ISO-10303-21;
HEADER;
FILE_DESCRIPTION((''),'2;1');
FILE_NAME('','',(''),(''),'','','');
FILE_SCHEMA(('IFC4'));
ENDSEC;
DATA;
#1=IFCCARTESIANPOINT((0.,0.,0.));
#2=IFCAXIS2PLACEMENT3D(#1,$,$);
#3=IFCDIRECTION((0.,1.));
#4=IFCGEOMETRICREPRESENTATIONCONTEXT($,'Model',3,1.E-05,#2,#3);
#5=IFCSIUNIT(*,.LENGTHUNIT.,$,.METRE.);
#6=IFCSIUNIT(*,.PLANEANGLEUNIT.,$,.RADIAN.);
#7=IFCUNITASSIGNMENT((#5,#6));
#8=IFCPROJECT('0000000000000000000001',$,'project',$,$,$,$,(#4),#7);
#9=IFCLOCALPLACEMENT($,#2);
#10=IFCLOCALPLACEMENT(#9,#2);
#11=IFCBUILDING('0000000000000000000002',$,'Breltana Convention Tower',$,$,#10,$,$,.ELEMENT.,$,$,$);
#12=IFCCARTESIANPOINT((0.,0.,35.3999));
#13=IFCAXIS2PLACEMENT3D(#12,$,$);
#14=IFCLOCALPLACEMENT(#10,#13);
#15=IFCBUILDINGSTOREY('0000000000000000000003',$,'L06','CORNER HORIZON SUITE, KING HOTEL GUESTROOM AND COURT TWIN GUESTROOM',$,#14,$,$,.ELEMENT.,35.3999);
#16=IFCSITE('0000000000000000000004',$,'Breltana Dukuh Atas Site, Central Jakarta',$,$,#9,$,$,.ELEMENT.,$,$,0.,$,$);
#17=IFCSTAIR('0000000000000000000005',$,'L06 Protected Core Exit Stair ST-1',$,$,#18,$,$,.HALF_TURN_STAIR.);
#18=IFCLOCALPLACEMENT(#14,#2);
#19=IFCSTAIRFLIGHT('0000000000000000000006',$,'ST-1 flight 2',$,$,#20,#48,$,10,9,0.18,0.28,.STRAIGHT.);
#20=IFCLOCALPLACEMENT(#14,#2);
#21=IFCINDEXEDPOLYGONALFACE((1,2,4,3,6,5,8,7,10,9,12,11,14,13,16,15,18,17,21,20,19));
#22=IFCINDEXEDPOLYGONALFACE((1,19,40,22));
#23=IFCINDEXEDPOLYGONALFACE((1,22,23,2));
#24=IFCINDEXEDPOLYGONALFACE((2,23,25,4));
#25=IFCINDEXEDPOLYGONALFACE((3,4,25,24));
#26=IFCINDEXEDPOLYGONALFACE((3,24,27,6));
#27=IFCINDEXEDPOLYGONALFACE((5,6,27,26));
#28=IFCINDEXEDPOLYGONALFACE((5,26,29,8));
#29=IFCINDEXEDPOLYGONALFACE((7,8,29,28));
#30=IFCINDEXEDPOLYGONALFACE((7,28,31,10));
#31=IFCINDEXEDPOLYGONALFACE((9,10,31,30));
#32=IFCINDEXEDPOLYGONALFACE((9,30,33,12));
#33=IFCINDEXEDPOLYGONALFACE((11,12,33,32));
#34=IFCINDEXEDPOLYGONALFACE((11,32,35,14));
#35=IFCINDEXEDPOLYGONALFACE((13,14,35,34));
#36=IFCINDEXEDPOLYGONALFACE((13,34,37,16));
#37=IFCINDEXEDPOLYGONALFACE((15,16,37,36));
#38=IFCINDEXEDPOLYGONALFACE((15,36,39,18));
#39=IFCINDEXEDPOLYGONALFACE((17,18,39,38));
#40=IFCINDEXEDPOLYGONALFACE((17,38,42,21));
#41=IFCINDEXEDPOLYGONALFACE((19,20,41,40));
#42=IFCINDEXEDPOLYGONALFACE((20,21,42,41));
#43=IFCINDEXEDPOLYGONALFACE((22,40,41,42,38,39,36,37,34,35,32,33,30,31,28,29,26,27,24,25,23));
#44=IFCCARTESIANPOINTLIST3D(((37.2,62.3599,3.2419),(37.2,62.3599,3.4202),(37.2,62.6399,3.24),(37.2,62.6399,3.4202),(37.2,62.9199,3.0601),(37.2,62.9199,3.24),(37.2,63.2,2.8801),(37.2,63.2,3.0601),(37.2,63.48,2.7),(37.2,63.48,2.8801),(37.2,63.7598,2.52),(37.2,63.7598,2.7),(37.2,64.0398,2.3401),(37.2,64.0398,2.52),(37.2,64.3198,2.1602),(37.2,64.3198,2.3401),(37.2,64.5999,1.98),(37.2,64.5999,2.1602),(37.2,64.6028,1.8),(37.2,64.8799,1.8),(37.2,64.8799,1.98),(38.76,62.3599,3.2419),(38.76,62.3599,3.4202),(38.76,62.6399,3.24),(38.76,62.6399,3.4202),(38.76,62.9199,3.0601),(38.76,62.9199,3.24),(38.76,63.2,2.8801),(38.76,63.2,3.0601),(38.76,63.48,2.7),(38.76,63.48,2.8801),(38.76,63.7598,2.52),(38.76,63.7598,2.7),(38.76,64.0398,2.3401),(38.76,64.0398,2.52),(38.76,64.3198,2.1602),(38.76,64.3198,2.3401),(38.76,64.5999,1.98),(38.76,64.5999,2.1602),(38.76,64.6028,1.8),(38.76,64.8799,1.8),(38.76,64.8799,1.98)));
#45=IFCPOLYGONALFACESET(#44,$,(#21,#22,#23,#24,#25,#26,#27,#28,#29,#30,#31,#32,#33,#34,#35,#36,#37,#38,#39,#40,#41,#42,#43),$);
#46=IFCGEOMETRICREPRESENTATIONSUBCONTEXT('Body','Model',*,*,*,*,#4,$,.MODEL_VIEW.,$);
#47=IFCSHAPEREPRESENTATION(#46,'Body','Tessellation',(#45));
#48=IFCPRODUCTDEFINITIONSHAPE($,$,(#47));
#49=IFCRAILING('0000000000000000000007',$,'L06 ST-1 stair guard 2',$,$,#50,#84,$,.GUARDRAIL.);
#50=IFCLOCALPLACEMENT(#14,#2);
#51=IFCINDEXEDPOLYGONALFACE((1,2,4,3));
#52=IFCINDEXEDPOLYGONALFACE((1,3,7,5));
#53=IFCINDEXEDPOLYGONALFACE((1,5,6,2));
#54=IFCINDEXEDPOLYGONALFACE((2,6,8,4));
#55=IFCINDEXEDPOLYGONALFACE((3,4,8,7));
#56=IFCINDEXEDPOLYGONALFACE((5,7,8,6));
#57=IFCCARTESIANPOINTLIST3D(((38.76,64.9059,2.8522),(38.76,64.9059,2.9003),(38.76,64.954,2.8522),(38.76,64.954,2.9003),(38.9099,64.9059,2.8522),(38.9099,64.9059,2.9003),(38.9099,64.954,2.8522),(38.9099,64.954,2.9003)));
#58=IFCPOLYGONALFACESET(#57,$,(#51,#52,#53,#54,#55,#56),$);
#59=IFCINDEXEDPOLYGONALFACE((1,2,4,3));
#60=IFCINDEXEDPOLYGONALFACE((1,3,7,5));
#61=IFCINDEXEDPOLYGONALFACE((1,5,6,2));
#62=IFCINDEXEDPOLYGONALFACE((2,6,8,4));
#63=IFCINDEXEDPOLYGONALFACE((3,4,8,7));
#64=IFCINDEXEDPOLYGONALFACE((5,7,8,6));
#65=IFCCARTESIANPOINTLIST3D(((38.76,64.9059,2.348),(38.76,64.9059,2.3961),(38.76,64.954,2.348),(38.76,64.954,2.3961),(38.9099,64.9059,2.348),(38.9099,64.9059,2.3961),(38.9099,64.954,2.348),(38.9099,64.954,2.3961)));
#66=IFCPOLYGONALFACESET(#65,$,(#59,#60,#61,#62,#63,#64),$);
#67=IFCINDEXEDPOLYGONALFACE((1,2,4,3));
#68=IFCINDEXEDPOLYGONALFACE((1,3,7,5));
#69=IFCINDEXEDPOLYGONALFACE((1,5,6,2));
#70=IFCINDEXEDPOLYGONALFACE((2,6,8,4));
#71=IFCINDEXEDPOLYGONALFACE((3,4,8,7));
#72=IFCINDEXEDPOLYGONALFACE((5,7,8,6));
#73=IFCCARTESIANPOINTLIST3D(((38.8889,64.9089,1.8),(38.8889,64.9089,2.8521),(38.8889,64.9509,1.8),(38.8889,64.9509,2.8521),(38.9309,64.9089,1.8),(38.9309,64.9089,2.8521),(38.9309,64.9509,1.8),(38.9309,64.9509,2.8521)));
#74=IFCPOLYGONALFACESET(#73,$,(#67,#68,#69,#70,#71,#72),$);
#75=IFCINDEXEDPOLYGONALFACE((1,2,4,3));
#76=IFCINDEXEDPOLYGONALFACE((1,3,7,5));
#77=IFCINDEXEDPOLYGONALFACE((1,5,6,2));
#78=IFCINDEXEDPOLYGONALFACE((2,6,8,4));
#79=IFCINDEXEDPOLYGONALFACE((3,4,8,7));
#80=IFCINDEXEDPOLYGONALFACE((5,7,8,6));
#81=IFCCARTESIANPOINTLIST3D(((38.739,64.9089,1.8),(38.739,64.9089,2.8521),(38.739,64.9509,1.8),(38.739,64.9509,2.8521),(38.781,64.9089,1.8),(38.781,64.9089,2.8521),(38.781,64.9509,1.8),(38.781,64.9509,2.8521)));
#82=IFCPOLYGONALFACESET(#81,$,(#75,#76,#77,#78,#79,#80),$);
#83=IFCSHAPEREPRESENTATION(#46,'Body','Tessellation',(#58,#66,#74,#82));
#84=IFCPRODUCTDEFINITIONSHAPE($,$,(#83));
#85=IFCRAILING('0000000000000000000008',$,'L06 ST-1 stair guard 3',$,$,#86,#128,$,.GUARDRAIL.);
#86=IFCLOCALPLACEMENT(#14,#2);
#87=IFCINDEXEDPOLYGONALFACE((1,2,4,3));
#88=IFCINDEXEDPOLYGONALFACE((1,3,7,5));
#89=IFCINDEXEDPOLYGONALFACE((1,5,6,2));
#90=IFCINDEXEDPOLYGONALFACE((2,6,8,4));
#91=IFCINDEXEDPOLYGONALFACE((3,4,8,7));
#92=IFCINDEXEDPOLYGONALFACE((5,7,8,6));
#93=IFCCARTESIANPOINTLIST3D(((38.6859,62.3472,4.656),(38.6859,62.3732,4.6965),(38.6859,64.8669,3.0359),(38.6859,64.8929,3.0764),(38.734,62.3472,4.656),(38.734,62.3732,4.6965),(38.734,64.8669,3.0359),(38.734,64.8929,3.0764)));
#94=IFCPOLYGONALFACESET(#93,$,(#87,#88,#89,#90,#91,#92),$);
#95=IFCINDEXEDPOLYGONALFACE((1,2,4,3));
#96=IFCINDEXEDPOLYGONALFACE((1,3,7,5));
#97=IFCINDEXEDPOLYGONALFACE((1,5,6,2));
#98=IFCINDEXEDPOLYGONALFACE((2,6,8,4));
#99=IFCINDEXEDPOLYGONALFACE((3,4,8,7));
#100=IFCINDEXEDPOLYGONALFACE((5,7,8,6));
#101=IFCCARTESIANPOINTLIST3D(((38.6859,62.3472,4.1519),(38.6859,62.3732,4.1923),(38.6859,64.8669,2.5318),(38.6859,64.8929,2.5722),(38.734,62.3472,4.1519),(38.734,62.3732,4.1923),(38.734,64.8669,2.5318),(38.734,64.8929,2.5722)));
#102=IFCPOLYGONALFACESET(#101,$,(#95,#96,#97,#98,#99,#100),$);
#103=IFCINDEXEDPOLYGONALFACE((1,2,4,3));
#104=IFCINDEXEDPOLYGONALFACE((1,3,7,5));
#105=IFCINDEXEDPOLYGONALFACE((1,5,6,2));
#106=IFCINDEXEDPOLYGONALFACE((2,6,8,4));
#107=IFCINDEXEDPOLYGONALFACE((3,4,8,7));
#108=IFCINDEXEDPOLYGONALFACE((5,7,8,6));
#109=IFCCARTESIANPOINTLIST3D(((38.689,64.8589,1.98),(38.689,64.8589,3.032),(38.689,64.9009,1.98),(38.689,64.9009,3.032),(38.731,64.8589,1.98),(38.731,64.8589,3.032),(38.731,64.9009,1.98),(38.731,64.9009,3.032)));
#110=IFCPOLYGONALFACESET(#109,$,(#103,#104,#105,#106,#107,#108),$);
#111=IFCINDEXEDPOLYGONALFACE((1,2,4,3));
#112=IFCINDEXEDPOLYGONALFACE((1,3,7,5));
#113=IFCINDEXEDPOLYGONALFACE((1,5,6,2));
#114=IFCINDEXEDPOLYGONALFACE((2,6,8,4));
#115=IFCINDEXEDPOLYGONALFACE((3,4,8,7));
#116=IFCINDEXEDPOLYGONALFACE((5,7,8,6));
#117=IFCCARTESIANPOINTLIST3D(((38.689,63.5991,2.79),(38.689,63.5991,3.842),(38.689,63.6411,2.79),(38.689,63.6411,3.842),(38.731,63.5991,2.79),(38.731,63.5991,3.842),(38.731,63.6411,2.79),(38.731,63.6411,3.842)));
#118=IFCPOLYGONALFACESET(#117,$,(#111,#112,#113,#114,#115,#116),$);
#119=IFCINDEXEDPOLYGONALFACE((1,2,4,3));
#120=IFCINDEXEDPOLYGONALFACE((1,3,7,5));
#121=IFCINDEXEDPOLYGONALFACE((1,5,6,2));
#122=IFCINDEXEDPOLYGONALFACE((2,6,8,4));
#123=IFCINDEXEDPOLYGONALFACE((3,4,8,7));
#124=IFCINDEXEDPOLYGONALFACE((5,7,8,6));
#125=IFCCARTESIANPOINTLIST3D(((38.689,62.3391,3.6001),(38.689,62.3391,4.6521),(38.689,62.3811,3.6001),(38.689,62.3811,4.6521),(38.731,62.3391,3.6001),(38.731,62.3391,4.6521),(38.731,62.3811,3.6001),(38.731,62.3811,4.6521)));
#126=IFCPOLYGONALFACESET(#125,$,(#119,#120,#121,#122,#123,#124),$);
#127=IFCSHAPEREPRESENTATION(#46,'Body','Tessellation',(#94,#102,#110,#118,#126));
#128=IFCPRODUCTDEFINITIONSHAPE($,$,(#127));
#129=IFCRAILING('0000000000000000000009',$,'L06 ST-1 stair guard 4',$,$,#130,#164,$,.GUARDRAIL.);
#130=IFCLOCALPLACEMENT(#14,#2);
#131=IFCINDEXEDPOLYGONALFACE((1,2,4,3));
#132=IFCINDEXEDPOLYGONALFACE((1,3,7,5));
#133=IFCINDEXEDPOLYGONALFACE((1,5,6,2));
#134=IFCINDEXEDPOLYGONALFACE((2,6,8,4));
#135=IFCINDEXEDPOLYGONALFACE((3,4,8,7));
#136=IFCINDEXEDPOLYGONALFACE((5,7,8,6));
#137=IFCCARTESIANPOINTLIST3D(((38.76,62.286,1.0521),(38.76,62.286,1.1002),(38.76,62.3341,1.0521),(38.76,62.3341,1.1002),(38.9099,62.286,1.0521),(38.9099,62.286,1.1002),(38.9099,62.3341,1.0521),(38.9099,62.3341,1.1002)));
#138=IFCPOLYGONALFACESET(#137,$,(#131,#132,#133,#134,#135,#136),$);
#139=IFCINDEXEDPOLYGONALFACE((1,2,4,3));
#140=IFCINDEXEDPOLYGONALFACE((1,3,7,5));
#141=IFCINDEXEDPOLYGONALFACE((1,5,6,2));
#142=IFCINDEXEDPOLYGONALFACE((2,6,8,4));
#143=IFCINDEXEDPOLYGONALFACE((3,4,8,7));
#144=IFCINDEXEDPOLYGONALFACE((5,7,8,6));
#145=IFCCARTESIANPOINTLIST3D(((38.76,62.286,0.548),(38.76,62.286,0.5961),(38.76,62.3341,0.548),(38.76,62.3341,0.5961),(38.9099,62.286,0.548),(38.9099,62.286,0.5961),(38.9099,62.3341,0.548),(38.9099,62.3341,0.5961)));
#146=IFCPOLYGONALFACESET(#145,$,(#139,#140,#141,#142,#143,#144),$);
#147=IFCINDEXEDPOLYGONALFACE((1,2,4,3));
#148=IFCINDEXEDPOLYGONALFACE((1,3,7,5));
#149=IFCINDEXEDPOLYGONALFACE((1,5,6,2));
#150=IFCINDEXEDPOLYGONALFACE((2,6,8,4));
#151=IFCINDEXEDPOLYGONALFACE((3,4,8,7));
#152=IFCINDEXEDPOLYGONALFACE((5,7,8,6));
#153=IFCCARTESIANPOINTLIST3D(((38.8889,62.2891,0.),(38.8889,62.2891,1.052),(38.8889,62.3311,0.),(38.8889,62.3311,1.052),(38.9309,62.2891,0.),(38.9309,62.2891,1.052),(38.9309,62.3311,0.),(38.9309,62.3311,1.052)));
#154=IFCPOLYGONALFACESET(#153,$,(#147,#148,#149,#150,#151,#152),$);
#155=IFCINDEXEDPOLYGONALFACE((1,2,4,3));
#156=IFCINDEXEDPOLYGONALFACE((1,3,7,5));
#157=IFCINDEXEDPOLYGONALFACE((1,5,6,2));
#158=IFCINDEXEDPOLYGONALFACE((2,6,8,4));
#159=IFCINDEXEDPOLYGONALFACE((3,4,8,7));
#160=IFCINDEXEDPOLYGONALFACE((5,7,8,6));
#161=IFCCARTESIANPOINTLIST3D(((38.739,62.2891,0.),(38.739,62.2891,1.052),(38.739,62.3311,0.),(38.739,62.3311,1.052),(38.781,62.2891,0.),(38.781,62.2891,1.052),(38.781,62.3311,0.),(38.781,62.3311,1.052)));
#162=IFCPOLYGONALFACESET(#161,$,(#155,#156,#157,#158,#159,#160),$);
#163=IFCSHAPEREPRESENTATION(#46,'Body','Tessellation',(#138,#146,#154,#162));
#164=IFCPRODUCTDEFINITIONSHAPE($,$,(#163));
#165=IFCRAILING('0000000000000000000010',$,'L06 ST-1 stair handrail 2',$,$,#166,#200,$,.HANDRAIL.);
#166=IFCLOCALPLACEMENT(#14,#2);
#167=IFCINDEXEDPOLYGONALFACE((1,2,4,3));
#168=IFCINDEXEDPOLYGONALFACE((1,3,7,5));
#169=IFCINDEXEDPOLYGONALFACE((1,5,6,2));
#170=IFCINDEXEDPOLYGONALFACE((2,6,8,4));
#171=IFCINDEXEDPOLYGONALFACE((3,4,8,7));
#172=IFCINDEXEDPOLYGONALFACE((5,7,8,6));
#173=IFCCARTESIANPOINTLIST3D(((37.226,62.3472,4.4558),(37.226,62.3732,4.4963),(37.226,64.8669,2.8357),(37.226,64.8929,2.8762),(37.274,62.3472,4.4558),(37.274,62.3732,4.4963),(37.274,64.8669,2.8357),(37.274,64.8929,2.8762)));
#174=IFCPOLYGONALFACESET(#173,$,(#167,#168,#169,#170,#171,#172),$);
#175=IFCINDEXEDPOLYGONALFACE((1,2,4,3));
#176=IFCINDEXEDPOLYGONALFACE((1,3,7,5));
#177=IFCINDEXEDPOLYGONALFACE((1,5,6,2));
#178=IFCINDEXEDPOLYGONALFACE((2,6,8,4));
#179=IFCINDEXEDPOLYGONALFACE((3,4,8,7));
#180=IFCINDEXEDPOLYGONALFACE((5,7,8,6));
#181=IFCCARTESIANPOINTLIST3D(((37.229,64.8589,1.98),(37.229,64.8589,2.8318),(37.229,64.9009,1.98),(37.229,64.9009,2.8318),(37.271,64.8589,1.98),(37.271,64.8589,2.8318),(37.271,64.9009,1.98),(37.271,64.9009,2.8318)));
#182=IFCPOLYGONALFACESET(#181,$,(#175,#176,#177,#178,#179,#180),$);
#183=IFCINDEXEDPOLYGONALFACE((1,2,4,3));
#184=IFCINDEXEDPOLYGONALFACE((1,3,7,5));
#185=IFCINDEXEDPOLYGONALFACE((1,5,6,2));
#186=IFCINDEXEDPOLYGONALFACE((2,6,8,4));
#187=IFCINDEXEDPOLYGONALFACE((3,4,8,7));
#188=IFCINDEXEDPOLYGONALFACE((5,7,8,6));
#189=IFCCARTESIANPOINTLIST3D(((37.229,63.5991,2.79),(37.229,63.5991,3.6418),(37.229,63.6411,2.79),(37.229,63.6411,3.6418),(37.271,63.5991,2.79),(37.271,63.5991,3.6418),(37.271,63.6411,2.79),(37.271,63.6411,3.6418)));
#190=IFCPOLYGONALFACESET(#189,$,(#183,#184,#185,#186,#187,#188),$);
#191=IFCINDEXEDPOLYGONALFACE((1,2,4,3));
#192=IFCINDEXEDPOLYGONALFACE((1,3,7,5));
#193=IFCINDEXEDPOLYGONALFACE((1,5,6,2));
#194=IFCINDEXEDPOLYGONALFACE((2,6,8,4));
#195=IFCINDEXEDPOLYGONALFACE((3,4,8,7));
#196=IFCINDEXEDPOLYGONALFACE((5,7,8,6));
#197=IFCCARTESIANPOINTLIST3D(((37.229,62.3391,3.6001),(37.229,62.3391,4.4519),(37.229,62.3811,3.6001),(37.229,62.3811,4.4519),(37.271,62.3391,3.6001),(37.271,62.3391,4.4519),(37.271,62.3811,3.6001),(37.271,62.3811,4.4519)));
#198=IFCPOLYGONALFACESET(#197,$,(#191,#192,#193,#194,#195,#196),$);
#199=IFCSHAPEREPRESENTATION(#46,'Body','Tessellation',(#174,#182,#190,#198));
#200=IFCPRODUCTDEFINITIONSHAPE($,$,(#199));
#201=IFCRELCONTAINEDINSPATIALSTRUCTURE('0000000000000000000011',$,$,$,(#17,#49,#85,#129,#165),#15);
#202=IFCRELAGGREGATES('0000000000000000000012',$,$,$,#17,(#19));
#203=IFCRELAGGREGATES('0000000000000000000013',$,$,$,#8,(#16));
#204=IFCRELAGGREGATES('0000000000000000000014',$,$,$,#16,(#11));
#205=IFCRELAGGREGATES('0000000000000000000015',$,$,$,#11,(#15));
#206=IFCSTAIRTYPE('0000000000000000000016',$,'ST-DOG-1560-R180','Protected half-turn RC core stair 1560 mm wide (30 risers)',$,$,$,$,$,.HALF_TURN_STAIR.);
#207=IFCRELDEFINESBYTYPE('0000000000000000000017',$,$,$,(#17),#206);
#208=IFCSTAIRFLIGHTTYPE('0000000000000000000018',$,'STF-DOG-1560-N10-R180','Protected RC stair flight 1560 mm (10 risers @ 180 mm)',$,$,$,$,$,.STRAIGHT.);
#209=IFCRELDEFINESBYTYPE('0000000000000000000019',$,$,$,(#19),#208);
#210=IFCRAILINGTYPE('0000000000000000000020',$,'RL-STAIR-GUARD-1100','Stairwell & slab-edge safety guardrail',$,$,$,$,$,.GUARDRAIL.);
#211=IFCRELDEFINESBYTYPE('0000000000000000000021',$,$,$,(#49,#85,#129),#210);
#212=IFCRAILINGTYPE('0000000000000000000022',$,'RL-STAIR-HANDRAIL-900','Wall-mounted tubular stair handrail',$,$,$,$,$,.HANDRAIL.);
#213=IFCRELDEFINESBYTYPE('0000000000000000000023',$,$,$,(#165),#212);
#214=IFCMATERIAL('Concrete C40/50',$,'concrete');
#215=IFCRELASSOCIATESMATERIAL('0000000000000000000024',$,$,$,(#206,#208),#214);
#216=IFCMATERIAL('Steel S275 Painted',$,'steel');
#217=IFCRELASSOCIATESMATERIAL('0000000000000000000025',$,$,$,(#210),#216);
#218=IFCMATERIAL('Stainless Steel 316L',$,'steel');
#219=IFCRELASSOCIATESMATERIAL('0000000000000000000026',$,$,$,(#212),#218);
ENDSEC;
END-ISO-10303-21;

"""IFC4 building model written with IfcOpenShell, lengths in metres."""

from ifc_helpers import new_model, si_unit, direction, frame, origin, origin_2d, place, context, subcontext, project, spatial, polyline, rectangle, outline, extrude, material, type_object, element, aggregate, save


model = new_model("IFC4")

# Units and contexts
model_context = context("Model", 3, precision=1e-05, world=origin(), true_north=direction((0.0, 1.0)))
body_context = subcontext(model_context, "Body", "Model", "MODEL_VIEW")
ifc_project = project(units=[si_unit("LENGTHUNIT", "METRE"), si_unit("PLANEANGLEUNIT", "RADIAN")], contexts=[model_context])

# Site, building, storey
site_placement = place(None, origin())
site = spatial("IfcSite", under=ifc_project, at=site_placement, Name="Breltana Dukuh Atas Site, Central Jakarta", CompositionType="ELEMENT", RefElevation=0.0)
building_placement = place(site_placement, origin())
building = spatial("IfcBuilding", under=site, at=building_placement, Name="Breltana Convention Tower", CompositionType="ELEMENT")
storey_placement = place(building_placement, frame((0.0, 0.0, 35.3999)))
storey = spatial("IfcBuildingStorey", under=building, at=storey_placement, Name="L06", Description="CORNER HORIZON SUITE, KING HOTEL GUESTROOM AND COURT TWIN GUESTROOM", CompositionType="ELEMENT", Elevation=35.3999)

# Stair, stair flight
ifc_material_1 = material(Name="Concrete C40/50", Category="concrete")
stair_type = type_object("IfcStairType", Name="ST-DOG-1560-R180", Description="Protected half-turn RC core stair 1560 mm wide (30 risers)", PredefinedType="HALF_TURN_STAIR", material=ifc_material_1)
stair_placement = place(storey_placement, origin())
stair = element("IfcStair", 1, at=stair_placement, inside=storey, type_object=stair_type, Name="L06 Protected Core Exit Stair ST-1", PredefinedType="HALF_TURN_STAIR")
stair_flight_type = type_object("IfcStairFlightType", Name="STF-DOG-1560-N10-R180", Description="Protected RC stair flight 1560 mm (10 risers @ 180 mm)", PredefinedType="STRAIGHT", material=ifc_material_1)
stair_flight_placement = place(storey_placement, frame((37.98, 64.8799, 1.8), z_axis=(0.0, 0.0, 1.0), x_axis=(0.0, -1.0, 0.0)))
stair_flight = element("IfcStairFlight", 2, at=stair_flight_placement, type_object=stair_flight_type, Name="ST-1 flight 2", NumberOfRisers=10, NumberOfTreads=9, PredefinedType="STRAIGHT", RiserHeight=0.18, TreadLength=0.28, context=body_context, shape_type="SweptSolid", body=[
    extrude(outline(polyline([(0.0, 0.0), (0.0, 0.1799), (0.28, 0.1799), (0.28, 0.3601), (0.5601, 0.3601), (0.5601, 0.54), (0.8401, 0.54), (0.8401, 0.72), (1.1201, 0.72), (1.1201, 0.8999), (1.3999, 0.8999), (1.3999, 1.0801), (1.6799, 1.0801), (1.6799, 1.26), (1.96, 1.26), (1.96, 1.4399), (2.24, 1.4399), (2.24, 1.6201), (2.52, 1.6201), (2.52, 1.8), (2.52, 1.4419), (0.2771, 0.0), (0.0, 0.0)])), frame((0.0, 0.78, 0.0), z_axis=(0.0, -1.0, 0.0), x_axis=(1.0, 0.0, 0.0)), (0.0, 0.0, 1.0), 1.5601),
])
aggregate(stair, [stair_flight])

# Railings
ifc_material_2 = material(Name="Steel S275 Painted", Category="steel")
railing_type_1 = type_object("IfcRailingType", Name="RL-STAIR-GUARD-1100", Description="Stairwell & slab-edge safety guardrail", PredefinedType="GUARDRAIL", material=ifc_material_2)
railing_1_placement = place(storey_placement, frame((38.9099, 64.9299, 1.8)))
element("IfcRailing", 3, at=railing_1_placement, inside=storey, type_object=railing_type_1, Name="L06 ST-1 stair guard 2", PredefinedType="GUARDRAIL", context=body_context, shape_type="SweptSolid", body=[
    extrude(rectangle(XDim=0.0481, YDim=0.0481, at=origin_2d()), frame((0.0, 0.0, 1.0762), z_axis=(-1.0, 0.0, 0.0), x_axis=(0.0, -1.0, 0.0)), (0.0, 0.0, 1.0), 0.1499),
    extrude(rectangle(XDim=0.0481, YDim=0.0481, at=origin_2d()), frame((0.0, 0.0, 0.572), z_axis=(-1.0, 0.0, 0.0), x_axis=(0.0, -1.0, 0.0)), (0.0, 0.0, 1.0), 0.1499),
    extrude(rectangle(XDim=0.042, YDim=0.042, at=origin_2d()), origin(), (0.0, 0.0, 1.0), 1.052),
    extrude(rectangle(XDim=0.042, YDim=0.042, at=origin_2d()), frame((-0.1499, 0.0, 0.0)), (0.0, 0.0, 1.0), 1.052),
])
railing_2_placement = place(storey_placement, frame((38.71, 64.8799, 1.98)))
element("IfcRailing", 4, at=railing_2_placement, inside=storey, type_object=railing_type_1, Name="L06 ST-1 stair guard 3", PredefinedType="GUARDRAIL", context=body_context, shape_type="SweptSolid", body=[
    extrude(rectangle(XDim=0.0481, YDim=0.0481, at=origin_2d()), frame((0.0, 0.0, 1.0762), z_axis=(0.0, -0.841139, 0.540819), x_axis=(1.0, 0.0, 0.0)), (0.0, 0.0, 1.0), 2.9956),
    extrude(rectangle(XDim=0.0481, YDim=0.0481, at=origin_2d()), frame((0.0, 0.0, 0.572), z_axis=(0.0, -0.841139, 0.540819), x_axis=(1.0, 0.0, 0.0)), (0.0, 0.0, 1.0), 2.9956),
    extrude(rectangle(XDim=0.042, YDim=0.042, at=origin_2d()), origin(), (0.0, 0.0, 1.0), 1.052),
    extrude(rectangle(XDim=0.042, YDim=0.042, at=origin_2d()), frame((0.0, -1.2598, 0.8101)), (0.0, 0.0, 1.0), 1.052),
    extrude(rectangle(XDim=0.042, YDim=0.042, at=origin_2d()), frame((0.0, -2.5198, 1.6201)), (0.0, 0.0, 1.0), 1.052),
])
railing_3_placement = place(storey_placement, frame((38.9099, 62.3101, 0.0)))
element("IfcRailing", 5, at=railing_3_placement, inside=storey, type_object=railing_type_1, Name="L06 ST-1 stair guard 4", PredefinedType="GUARDRAIL", context=body_context, shape_type="SweptSolid", body=[
    extrude(rectangle(XDim=0.0481, YDim=0.0481, at=origin_2d()), frame((0.0, 0.0, 1.0762), z_axis=(-1.0, 0.0, 0.0), x_axis=(0.0, -1.0, 0.0)), (0.0, 0.0, 1.0), 0.1499),
    extrude(rectangle(XDim=0.0481, YDim=0.0481, at=origin_2d()), frame((0.0, 0.0, 0.572), z_axis=(-1.0, 0.0, 0.0), x_axis=(0.0, -1.0, 0.0)), (0.0, 0.0, 1.0), 0.1499),
    extrude(rectangle(XDim=0.042, YDim=0.042, at=origin_2d()), origin(), (0.0, 0.0, 1.0), 1.052),
    extrude(rectangle(XDim=0.042, YDim=0.042, at=origin_2d()), frame((-0.1499, 0.0, 0.0)), (0.0, 0.0, 1.0), 1.052),
])
ifc_material_3 = material(Name="Stainless Steel 316L", Category="steel")
railing_type_2 = type_object("IfcRailingType", Name="RL-STAIR-HANDRAIL-900", Description="Wall-mounted tubular stair handrail", PredefinedType="HANDRAIL", material=ifc_material_3)
railing_4_placement = place(storey_placement, frame((37.25, 64.8799, 1.98)))
element("IfcRailing", 6, at=railing_4_placement, inside=storey, type_object=railing_type_2, Name="L06 ST-1 stair handrail 2", PredefinedType="HANDRAIL", context=body_context, shape_type="SweptSolid", body=[
    extrude(rectangle(XDim=0.0481, YDim=0.0481, at=origin_2d()), frame((0.0, 0.0, 0.876), z_axis=(0.0, -0.841139, 0.540819), x_axis=(1.0, 0.0, 0.0)), (0.0, 0.0, 1.0), 2.9956),
    extrude(rectangle(XDim=0.042, YDim=0.042, at=origin_2d()), origin(), (0.0, 0.0, 1.0), 0.8518),
    extrude(rectangle(XDim=0.042, YDim=0.042, at=origin_2d()), frame((0.0, -1.2598, 0.8101)), (0.0, 0.0, 1.0), 0.8518),
    extrude(rectangle(XDim=0.042, YDim=0.042, at=origin_2d()), frame((0.0, -2.5198, 1.6201)), (0.0, 0.0, 1.0), 0.8518),
])

save(model, "model.ifc")
